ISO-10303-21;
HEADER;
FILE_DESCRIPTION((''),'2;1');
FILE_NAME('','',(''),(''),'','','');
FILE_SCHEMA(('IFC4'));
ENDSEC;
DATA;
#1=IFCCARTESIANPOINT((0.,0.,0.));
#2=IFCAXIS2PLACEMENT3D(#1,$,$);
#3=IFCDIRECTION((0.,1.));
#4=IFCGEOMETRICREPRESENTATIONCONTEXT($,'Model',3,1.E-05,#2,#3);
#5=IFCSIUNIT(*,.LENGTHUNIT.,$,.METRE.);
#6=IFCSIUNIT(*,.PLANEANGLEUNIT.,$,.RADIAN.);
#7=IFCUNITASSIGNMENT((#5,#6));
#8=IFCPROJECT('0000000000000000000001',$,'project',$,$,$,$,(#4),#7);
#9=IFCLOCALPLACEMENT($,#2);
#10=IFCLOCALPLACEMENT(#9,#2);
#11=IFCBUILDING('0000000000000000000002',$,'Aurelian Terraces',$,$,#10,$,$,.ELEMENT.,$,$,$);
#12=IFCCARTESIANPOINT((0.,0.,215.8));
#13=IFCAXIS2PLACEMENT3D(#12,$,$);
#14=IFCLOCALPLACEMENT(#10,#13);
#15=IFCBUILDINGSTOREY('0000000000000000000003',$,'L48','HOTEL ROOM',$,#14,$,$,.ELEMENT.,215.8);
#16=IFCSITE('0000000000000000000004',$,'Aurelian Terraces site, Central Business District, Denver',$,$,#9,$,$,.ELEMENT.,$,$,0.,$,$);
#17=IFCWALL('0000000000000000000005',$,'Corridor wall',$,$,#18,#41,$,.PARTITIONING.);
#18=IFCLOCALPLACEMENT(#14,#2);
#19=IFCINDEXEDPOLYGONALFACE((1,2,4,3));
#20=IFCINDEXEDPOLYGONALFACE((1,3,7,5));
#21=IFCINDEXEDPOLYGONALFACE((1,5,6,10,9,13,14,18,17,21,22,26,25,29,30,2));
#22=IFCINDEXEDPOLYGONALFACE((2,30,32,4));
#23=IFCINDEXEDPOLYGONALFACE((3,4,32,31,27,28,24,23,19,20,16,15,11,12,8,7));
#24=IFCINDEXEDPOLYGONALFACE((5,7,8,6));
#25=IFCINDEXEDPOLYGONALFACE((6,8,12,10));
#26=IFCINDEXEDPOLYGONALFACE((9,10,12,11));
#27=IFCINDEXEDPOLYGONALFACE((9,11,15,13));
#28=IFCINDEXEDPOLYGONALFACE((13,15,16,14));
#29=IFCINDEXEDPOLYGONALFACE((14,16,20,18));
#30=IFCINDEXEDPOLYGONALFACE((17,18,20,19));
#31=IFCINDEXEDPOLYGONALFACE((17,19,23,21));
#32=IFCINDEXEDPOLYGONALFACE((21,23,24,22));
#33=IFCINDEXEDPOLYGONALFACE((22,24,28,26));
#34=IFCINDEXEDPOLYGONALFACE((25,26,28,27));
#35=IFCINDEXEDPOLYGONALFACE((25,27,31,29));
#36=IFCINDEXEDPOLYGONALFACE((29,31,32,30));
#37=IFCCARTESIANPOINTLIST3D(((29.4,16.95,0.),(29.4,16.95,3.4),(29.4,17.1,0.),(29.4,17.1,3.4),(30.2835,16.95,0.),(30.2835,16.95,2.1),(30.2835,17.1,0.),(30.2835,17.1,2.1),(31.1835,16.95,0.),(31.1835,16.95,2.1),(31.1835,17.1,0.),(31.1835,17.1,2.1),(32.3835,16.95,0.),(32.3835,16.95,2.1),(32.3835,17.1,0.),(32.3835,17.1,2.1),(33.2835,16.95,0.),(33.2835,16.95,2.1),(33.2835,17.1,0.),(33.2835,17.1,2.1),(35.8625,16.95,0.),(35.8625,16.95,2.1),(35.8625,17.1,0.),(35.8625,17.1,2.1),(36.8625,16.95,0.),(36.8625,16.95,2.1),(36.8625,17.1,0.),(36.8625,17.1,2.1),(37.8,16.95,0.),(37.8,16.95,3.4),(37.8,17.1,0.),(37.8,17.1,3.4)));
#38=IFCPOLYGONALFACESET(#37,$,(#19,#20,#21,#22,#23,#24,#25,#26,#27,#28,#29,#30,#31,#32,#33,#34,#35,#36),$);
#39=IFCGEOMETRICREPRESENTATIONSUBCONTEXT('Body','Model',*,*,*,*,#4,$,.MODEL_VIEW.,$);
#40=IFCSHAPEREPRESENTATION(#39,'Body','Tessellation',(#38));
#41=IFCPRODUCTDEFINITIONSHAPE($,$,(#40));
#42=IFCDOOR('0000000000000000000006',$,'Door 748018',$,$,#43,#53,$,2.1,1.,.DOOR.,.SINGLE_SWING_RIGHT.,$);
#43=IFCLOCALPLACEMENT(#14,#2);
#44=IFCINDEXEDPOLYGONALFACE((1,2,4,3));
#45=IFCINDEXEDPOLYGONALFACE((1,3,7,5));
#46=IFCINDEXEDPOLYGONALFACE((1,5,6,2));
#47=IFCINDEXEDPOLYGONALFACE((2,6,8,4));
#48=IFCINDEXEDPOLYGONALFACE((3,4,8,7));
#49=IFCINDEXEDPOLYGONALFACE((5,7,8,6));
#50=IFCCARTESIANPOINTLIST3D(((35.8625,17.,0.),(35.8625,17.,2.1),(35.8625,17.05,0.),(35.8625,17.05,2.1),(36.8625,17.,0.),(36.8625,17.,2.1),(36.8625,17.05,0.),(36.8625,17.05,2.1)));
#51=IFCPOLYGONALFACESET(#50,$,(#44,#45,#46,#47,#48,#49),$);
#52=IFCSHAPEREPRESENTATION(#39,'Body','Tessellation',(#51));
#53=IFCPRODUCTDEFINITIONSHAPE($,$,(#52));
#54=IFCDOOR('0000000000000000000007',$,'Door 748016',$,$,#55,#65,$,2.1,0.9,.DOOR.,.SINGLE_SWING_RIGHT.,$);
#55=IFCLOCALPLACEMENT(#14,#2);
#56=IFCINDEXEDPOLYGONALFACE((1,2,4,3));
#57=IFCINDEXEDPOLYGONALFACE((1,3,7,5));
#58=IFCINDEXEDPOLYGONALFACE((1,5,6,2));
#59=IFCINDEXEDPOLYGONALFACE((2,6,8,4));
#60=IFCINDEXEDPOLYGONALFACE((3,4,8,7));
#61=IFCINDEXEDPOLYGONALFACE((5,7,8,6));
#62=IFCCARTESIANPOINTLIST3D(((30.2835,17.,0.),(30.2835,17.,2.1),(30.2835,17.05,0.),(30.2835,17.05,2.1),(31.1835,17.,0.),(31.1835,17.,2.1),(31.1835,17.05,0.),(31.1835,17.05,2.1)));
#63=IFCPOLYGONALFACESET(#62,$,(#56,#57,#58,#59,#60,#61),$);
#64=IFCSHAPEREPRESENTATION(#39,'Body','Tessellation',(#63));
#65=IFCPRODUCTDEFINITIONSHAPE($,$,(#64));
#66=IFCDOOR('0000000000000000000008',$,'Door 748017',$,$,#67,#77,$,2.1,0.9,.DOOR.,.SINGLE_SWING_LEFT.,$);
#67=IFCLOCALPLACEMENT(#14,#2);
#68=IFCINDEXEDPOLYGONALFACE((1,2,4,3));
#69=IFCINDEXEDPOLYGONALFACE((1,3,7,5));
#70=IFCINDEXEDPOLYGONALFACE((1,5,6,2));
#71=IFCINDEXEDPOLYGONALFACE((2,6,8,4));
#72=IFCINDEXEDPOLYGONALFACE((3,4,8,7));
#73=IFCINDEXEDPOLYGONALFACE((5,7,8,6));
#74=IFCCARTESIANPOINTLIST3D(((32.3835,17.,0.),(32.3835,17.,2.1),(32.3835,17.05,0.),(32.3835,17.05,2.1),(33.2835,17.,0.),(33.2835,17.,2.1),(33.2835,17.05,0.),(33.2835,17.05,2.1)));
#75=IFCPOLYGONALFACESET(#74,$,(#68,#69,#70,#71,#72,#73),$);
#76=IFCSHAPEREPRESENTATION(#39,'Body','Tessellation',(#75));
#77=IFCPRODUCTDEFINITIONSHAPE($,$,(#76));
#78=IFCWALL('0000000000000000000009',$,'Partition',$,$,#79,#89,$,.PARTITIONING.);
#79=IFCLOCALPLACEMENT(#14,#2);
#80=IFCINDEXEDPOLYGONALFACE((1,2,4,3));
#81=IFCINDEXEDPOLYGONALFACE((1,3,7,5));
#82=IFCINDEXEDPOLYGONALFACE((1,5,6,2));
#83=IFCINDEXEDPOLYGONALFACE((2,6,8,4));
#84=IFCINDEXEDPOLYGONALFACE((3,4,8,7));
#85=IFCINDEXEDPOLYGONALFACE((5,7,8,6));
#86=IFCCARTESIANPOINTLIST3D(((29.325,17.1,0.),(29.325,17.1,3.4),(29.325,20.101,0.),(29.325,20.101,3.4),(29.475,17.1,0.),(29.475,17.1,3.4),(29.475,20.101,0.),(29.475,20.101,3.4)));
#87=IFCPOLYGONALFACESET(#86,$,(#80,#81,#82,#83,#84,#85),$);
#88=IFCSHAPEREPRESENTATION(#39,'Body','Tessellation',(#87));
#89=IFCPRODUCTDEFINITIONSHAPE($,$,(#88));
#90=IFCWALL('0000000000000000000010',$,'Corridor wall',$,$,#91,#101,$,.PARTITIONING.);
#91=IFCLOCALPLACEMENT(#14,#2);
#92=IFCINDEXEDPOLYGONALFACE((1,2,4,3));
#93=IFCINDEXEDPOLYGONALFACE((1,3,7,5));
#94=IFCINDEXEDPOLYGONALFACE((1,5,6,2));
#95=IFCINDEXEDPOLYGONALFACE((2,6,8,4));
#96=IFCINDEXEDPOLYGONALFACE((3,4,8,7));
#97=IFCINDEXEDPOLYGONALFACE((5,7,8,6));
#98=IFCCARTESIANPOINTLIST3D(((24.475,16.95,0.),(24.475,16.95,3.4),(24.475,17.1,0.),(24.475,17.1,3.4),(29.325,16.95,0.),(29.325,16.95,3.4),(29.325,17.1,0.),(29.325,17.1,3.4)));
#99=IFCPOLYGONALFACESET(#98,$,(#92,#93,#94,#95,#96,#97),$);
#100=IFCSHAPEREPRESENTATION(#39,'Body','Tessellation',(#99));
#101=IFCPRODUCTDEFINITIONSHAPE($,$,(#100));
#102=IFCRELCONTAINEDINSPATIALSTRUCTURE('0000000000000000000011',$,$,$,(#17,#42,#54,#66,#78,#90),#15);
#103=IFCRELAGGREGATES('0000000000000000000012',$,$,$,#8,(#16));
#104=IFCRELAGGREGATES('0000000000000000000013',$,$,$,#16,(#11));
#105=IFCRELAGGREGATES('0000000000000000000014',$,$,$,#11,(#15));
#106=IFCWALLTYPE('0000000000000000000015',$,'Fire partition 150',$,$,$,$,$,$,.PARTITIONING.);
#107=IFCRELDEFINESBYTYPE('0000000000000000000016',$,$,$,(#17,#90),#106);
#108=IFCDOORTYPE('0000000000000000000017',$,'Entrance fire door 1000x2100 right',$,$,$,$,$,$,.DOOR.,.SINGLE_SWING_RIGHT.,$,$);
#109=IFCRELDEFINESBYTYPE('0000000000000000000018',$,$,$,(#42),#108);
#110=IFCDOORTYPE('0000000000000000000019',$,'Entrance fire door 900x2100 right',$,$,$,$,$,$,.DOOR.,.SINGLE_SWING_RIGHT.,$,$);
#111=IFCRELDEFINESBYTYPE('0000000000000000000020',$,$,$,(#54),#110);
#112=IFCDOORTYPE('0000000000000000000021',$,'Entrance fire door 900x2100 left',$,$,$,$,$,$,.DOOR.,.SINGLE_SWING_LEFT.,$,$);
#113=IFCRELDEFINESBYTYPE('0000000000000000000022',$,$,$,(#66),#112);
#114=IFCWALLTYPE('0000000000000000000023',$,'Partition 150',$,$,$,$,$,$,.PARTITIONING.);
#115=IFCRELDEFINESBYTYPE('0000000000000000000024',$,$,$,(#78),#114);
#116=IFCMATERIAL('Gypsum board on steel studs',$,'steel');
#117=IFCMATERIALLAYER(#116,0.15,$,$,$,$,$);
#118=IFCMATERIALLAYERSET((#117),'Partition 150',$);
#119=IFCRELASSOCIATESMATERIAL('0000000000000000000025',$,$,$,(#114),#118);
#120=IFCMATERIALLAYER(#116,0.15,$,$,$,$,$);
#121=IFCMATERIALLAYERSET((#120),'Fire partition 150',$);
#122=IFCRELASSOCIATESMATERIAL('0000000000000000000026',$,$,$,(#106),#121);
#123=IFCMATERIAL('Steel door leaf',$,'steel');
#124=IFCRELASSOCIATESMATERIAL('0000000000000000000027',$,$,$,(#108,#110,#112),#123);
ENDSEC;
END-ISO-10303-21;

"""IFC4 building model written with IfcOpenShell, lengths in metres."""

from ifc_helpers import new_model, si_unit, direction, frame, frame_2d, origin, place, context, subcontext, project, spatial, rectangle, extrude, source, transform, mapped, material, layer, layer_set, type_object, element, fill, save


model = new_model("IFC4")

# Units and contexts
model_context = context("Model", 3, precision=1e-05, world=origin(), true_north=direction((0.0, 1.0)))
body_context = subcontext(model_context, "Body", "Model", "MODEL_VIEW")
ifc_project = project(units=[si_unit("LENGTHUNIT", "METRE"), si_unit("PLANEANGLEUNIT", "RADIAN")], contexts=[model_context])

# Site, building, storey
site_placement = place(None, origin())
site = spatial("IfcSite", under=ifc_project, at=site_placement, Name="Aurelian Terraces site, Central Business District, Denver", CompositionType="ELEMENT", RefElevation=0.0)
building_placement = place(site_placement, origin())
building = spatial("IfcBuilding", under=site, at=building_placement, Name="Aurelian Terraces", CompositionType="ELEMENT")
storey_placement = place(building_placement, frame((0.0, 0.0, 215.8)))
storey = spatial("IfcBuildingStorey", under=building, at=storey_placement, Name="L48", Description="HOTEL ROOM", CompositionType="ELEMENT", Elevation=215.8)

# Shared definitions
ifc_material_1 = material(Name="Gypsum board on steel studs", Category="steel")
ifc_layer_1 = layer(ifc_material_1, 0.15)
ifc_layer_set_1 = layer_set([ifc_layer_1], Name="Partition 150")
wall_type_1 = type_object("IfcWallType", Name="Partition 150", PredefinedType="PARTITIONING", material=ifc_layer_set_1)
shared_shape_1 = source(origin(), body_context, "Body", "SweptSolid", [
    extrude(rectangle(XDim=0.9, YDim=2.1, at=frame_2d((0.45, 1.05))), frame((0.0, 0.085, 0.0), z_axis=(0.0, -1.0, 0.0), x_axis=(1.0, 0.0, 0.0)), (0.0, 0.0, 1.0), 0.17),
])
shared_shape_2 = source(origin(), body_context, "Body", "SweptSolid", [
    extrude(rectangle(XDim=0.9, YDim=2.1, at=frame_2d((0.45, 1.05))), frame((0.0, 0.025, 0.0), z_axis=(0.0, -1.0, 0.0), x_axis=(1.0, 0.0, 0.0)), (0.0, 0.0, 1.0), 0.05),
])

# Wall, openings, doors
ifc_layer_2 = layer(ifc_material_1, 0.15)
ifc_layer_set_2 = layer_set([ifc_layer_2], Name="Fire partition 150")
wall_type_2 = type_object("IfcWallType", Name="Fire partition 150", PredefinedType="PARTITIONING", material=ifc_layer_set_2)
shared_shape_3 = source(origin(), body_context, "Body", "SweptSolid", [
    extrude(rectangle(XDim=8.4, YDim=0.15, at=frame_2d((4.2, 0.0))), origin(), (0.0, 0.0, 1.0), 3.4),
])
wall_1_placement = place(storey_placement, frame((29.4, 17.025, 0.0), z_axis=(0.0, 0.0, 1.0), x_axis=(1.0, 0.0, 0.0)))
wall_1 = element("IfcWall", 1, at=wall_1_placement, inside=storey, type_object=wall_type_2, Name="Corridor wall", PredefinedType="PARTITIONING", context=body_context, shape_type="MappedRepresentation", body=[
    mapped(shared_shape_3, transform((0.0, 0.0, 0.0), scale=1.0)),
])
opening_1_placement = place(wall_1_placement, frame((0.8835, 0.0, 0.0)))
opening_1 = element("IfcOpeningElement", 2, at=opening_1_placement, cuts=wall_1, PredefinedType="OPENING", context=body_context, shape_type="MappedRepresentation", body=[
    mapped(shared_shape_1, transform((0.0, 0.0, 0.0), scale=1.0)),
])
opening_2_placement = place(wall_1_placement, frame((2.9835, 0.0, 0.0)))
opening_2 = element("IfcOpeningElement", 3, at=opening_2_placement, cuts=wall_1, PredefinedType="OPENING", context=body_context, shape_type="MappedRepresentation", body=[
    mapped(shared_shape_1, transform((0.0, 0.0, 0.0), scale=1.0)),
])
shared_shape_4 = source(origin(), body_context, "Body", "SweptSolid", [
    extrude(rectangle(XDim=1.0, YDim=2.1, at=frame_2d((0.5, 1.05))), frame((0.0, 0.085, 0.0), z_axis=(0.0, -1.0, 0.0), x_axis=(1.0, 0.0, 0.0)), (0.0, 0.0, 1.0), 0.17),
])
opening_3_placement = place(wall_1_placement, frame((6.4625, 0.0, 0.0)))
opening_3 = element("IfcOpeningElement", 4, at=opening_3_placement, cuts=wall_1, PredefinedType="OPENING", context=body_context, shape_type="MappedRepresentation", body=[
    mapped(shared_shape_4, transform((0.0, 0.0, 0.0), scale=1.0)),
])
ifc_material_2 = material(Name="Steel door leaf", Category="steel")
door_type_1 = type_object("IfcDoorType", Name="Entrance fire door 1000x2100 right", OperationType="SINGLE_SWING_RIGHT", PredefinedType="DOOR", material=ifc_material_2)
shared_shape_5 = source(origin(), body_context, "Body", "SweptSolid", [
    extrude(rectangle(XDim=1.0, YDim=2.1, at=frame_2d((0.5, 1.05))), frame((0.0, 0.025, 0.0), z_axis=(0.0, -1.0, 0.0), x_axis=(1.0, 0.0, 0.0)), (0.0, 0.0, 1.0), 0.05),
])
door_1_placement = place(opening_3_placement, origin())
door_1 = element("IfcDoor", 5, at=door_1_placement, inside=storey, type_object=door_type_1, Name="Door 748018", OperationType="SINGLE_SWING_RIGHT", OverallHeight=2.1, OverallWidth=1.0, PredefinedType="DOOR", context=body_context, shape_type="MappedRepresentation", body=[
    mapped(shared_shape_5, transform((0.0, 0.0, 0.0), scale=1.0)),
])
fill(opening_3, door_1)
door_type_2 = type_object("IfcDoorType", Name="Entrance fire door 900x2100 right", OperationType="SINGLE_SWING_RIGHT", PredefinedType="DOOR", material=ifc_material_2)
door_2_placement = place(opening_1_placement, origin())
door_2 = element("IfcDoor", 6, at=door_2_placement, inside=storey, type_object=door_type_2, Name="Door 748016", OperationType="SINGLE_SWING_RIGHT", OverallHeight=2.1, OverallWidth=0.9, PredefinedType="DOOR", context=body_context, shape_type="MappedRepresentation", body=[
    mapped(shared_shape_2, transform((0.0, 0.0, 0.0), scale=1.0)),
])
fill(opening_1, door_2)
door_type_3 = type_object("IfcDoorType", Name="Entrance fire door 900x2100 left", OperationType="SINGLE_SWING_LEFT", PredefinedType="DOOR", material=ifc_material_2)
door_3_placement = place(opening_2_placement, origin())
door_3 = element("IfcDoor", 7, at=door_3_placement, inside=storey, type_object=door_type_3, Name="Door 748017", OperationType="SINGLE_SWING_LEFT", OverallHeight=2.1, OverallWidth=0.9, PredefinedType="DOOR", context=body_context, shape_type="MappedRepresentation", body=[
    mapped(shared_shape_2, transform((0.0, 0.0, 0.0), scale=1.0)),
])
fill(opening_2, door_3)

# Walls
shared_shape_6 = source(origin(), body_context, "Body", "SweptSolid", [
    extrude(rectangle(XDim=3.001, YDim=0.15, at=frame_2d((1.5005, 0.0))), origin(), (0.0, 0.0, 1.0), 3.4),
])
wall_2_placement = place(storey_placement, frame((29.4, 17.1, 0.0), z_axis=(0.0, 0.0, 1.0), x_axis=(0.0, 1.0, 0.0)))
element("IfcWall", 8, at=wall_2_placement, inside=storey, type_object=wall_type_1, Name="Partition", PredefinedType="PARTITIONING", context=body_context, shape_type="MappedRepresentation", body=[
    mapped(shared_shape_6, transform((0.0, 0.0, 0.0), scale=1.0)),
])
shared_shape_7 = source(origin(), body_context, "Body", "SweptSolid", [
    extrude(rectangle(XDim=4.85, YDim=0.15, at=frame_2d((2.425, 0.0))), origin(), (0.0, 0.0, 1.0), 3.4),
])
wall_3_placement = place(storey_placement, frame((24.475, 17.025, 0.0), z_axis=(0.0, 0.0, 1.0), x_axis=(1.0, 0.0, 0.0)))
element("IfcWall", 9, at=wall_3_placement, inside=storey, type_object=wall_type_2, Name="Corridor wall", PredefinedType="PARTITIONING", context=body_context, shape_type="MappedRepresentation", body=[
    mapped(shared_shape_7, transform((0.0, 0.0, 0.0), scale=1.0)),
])

save(model, "model.ifc")
